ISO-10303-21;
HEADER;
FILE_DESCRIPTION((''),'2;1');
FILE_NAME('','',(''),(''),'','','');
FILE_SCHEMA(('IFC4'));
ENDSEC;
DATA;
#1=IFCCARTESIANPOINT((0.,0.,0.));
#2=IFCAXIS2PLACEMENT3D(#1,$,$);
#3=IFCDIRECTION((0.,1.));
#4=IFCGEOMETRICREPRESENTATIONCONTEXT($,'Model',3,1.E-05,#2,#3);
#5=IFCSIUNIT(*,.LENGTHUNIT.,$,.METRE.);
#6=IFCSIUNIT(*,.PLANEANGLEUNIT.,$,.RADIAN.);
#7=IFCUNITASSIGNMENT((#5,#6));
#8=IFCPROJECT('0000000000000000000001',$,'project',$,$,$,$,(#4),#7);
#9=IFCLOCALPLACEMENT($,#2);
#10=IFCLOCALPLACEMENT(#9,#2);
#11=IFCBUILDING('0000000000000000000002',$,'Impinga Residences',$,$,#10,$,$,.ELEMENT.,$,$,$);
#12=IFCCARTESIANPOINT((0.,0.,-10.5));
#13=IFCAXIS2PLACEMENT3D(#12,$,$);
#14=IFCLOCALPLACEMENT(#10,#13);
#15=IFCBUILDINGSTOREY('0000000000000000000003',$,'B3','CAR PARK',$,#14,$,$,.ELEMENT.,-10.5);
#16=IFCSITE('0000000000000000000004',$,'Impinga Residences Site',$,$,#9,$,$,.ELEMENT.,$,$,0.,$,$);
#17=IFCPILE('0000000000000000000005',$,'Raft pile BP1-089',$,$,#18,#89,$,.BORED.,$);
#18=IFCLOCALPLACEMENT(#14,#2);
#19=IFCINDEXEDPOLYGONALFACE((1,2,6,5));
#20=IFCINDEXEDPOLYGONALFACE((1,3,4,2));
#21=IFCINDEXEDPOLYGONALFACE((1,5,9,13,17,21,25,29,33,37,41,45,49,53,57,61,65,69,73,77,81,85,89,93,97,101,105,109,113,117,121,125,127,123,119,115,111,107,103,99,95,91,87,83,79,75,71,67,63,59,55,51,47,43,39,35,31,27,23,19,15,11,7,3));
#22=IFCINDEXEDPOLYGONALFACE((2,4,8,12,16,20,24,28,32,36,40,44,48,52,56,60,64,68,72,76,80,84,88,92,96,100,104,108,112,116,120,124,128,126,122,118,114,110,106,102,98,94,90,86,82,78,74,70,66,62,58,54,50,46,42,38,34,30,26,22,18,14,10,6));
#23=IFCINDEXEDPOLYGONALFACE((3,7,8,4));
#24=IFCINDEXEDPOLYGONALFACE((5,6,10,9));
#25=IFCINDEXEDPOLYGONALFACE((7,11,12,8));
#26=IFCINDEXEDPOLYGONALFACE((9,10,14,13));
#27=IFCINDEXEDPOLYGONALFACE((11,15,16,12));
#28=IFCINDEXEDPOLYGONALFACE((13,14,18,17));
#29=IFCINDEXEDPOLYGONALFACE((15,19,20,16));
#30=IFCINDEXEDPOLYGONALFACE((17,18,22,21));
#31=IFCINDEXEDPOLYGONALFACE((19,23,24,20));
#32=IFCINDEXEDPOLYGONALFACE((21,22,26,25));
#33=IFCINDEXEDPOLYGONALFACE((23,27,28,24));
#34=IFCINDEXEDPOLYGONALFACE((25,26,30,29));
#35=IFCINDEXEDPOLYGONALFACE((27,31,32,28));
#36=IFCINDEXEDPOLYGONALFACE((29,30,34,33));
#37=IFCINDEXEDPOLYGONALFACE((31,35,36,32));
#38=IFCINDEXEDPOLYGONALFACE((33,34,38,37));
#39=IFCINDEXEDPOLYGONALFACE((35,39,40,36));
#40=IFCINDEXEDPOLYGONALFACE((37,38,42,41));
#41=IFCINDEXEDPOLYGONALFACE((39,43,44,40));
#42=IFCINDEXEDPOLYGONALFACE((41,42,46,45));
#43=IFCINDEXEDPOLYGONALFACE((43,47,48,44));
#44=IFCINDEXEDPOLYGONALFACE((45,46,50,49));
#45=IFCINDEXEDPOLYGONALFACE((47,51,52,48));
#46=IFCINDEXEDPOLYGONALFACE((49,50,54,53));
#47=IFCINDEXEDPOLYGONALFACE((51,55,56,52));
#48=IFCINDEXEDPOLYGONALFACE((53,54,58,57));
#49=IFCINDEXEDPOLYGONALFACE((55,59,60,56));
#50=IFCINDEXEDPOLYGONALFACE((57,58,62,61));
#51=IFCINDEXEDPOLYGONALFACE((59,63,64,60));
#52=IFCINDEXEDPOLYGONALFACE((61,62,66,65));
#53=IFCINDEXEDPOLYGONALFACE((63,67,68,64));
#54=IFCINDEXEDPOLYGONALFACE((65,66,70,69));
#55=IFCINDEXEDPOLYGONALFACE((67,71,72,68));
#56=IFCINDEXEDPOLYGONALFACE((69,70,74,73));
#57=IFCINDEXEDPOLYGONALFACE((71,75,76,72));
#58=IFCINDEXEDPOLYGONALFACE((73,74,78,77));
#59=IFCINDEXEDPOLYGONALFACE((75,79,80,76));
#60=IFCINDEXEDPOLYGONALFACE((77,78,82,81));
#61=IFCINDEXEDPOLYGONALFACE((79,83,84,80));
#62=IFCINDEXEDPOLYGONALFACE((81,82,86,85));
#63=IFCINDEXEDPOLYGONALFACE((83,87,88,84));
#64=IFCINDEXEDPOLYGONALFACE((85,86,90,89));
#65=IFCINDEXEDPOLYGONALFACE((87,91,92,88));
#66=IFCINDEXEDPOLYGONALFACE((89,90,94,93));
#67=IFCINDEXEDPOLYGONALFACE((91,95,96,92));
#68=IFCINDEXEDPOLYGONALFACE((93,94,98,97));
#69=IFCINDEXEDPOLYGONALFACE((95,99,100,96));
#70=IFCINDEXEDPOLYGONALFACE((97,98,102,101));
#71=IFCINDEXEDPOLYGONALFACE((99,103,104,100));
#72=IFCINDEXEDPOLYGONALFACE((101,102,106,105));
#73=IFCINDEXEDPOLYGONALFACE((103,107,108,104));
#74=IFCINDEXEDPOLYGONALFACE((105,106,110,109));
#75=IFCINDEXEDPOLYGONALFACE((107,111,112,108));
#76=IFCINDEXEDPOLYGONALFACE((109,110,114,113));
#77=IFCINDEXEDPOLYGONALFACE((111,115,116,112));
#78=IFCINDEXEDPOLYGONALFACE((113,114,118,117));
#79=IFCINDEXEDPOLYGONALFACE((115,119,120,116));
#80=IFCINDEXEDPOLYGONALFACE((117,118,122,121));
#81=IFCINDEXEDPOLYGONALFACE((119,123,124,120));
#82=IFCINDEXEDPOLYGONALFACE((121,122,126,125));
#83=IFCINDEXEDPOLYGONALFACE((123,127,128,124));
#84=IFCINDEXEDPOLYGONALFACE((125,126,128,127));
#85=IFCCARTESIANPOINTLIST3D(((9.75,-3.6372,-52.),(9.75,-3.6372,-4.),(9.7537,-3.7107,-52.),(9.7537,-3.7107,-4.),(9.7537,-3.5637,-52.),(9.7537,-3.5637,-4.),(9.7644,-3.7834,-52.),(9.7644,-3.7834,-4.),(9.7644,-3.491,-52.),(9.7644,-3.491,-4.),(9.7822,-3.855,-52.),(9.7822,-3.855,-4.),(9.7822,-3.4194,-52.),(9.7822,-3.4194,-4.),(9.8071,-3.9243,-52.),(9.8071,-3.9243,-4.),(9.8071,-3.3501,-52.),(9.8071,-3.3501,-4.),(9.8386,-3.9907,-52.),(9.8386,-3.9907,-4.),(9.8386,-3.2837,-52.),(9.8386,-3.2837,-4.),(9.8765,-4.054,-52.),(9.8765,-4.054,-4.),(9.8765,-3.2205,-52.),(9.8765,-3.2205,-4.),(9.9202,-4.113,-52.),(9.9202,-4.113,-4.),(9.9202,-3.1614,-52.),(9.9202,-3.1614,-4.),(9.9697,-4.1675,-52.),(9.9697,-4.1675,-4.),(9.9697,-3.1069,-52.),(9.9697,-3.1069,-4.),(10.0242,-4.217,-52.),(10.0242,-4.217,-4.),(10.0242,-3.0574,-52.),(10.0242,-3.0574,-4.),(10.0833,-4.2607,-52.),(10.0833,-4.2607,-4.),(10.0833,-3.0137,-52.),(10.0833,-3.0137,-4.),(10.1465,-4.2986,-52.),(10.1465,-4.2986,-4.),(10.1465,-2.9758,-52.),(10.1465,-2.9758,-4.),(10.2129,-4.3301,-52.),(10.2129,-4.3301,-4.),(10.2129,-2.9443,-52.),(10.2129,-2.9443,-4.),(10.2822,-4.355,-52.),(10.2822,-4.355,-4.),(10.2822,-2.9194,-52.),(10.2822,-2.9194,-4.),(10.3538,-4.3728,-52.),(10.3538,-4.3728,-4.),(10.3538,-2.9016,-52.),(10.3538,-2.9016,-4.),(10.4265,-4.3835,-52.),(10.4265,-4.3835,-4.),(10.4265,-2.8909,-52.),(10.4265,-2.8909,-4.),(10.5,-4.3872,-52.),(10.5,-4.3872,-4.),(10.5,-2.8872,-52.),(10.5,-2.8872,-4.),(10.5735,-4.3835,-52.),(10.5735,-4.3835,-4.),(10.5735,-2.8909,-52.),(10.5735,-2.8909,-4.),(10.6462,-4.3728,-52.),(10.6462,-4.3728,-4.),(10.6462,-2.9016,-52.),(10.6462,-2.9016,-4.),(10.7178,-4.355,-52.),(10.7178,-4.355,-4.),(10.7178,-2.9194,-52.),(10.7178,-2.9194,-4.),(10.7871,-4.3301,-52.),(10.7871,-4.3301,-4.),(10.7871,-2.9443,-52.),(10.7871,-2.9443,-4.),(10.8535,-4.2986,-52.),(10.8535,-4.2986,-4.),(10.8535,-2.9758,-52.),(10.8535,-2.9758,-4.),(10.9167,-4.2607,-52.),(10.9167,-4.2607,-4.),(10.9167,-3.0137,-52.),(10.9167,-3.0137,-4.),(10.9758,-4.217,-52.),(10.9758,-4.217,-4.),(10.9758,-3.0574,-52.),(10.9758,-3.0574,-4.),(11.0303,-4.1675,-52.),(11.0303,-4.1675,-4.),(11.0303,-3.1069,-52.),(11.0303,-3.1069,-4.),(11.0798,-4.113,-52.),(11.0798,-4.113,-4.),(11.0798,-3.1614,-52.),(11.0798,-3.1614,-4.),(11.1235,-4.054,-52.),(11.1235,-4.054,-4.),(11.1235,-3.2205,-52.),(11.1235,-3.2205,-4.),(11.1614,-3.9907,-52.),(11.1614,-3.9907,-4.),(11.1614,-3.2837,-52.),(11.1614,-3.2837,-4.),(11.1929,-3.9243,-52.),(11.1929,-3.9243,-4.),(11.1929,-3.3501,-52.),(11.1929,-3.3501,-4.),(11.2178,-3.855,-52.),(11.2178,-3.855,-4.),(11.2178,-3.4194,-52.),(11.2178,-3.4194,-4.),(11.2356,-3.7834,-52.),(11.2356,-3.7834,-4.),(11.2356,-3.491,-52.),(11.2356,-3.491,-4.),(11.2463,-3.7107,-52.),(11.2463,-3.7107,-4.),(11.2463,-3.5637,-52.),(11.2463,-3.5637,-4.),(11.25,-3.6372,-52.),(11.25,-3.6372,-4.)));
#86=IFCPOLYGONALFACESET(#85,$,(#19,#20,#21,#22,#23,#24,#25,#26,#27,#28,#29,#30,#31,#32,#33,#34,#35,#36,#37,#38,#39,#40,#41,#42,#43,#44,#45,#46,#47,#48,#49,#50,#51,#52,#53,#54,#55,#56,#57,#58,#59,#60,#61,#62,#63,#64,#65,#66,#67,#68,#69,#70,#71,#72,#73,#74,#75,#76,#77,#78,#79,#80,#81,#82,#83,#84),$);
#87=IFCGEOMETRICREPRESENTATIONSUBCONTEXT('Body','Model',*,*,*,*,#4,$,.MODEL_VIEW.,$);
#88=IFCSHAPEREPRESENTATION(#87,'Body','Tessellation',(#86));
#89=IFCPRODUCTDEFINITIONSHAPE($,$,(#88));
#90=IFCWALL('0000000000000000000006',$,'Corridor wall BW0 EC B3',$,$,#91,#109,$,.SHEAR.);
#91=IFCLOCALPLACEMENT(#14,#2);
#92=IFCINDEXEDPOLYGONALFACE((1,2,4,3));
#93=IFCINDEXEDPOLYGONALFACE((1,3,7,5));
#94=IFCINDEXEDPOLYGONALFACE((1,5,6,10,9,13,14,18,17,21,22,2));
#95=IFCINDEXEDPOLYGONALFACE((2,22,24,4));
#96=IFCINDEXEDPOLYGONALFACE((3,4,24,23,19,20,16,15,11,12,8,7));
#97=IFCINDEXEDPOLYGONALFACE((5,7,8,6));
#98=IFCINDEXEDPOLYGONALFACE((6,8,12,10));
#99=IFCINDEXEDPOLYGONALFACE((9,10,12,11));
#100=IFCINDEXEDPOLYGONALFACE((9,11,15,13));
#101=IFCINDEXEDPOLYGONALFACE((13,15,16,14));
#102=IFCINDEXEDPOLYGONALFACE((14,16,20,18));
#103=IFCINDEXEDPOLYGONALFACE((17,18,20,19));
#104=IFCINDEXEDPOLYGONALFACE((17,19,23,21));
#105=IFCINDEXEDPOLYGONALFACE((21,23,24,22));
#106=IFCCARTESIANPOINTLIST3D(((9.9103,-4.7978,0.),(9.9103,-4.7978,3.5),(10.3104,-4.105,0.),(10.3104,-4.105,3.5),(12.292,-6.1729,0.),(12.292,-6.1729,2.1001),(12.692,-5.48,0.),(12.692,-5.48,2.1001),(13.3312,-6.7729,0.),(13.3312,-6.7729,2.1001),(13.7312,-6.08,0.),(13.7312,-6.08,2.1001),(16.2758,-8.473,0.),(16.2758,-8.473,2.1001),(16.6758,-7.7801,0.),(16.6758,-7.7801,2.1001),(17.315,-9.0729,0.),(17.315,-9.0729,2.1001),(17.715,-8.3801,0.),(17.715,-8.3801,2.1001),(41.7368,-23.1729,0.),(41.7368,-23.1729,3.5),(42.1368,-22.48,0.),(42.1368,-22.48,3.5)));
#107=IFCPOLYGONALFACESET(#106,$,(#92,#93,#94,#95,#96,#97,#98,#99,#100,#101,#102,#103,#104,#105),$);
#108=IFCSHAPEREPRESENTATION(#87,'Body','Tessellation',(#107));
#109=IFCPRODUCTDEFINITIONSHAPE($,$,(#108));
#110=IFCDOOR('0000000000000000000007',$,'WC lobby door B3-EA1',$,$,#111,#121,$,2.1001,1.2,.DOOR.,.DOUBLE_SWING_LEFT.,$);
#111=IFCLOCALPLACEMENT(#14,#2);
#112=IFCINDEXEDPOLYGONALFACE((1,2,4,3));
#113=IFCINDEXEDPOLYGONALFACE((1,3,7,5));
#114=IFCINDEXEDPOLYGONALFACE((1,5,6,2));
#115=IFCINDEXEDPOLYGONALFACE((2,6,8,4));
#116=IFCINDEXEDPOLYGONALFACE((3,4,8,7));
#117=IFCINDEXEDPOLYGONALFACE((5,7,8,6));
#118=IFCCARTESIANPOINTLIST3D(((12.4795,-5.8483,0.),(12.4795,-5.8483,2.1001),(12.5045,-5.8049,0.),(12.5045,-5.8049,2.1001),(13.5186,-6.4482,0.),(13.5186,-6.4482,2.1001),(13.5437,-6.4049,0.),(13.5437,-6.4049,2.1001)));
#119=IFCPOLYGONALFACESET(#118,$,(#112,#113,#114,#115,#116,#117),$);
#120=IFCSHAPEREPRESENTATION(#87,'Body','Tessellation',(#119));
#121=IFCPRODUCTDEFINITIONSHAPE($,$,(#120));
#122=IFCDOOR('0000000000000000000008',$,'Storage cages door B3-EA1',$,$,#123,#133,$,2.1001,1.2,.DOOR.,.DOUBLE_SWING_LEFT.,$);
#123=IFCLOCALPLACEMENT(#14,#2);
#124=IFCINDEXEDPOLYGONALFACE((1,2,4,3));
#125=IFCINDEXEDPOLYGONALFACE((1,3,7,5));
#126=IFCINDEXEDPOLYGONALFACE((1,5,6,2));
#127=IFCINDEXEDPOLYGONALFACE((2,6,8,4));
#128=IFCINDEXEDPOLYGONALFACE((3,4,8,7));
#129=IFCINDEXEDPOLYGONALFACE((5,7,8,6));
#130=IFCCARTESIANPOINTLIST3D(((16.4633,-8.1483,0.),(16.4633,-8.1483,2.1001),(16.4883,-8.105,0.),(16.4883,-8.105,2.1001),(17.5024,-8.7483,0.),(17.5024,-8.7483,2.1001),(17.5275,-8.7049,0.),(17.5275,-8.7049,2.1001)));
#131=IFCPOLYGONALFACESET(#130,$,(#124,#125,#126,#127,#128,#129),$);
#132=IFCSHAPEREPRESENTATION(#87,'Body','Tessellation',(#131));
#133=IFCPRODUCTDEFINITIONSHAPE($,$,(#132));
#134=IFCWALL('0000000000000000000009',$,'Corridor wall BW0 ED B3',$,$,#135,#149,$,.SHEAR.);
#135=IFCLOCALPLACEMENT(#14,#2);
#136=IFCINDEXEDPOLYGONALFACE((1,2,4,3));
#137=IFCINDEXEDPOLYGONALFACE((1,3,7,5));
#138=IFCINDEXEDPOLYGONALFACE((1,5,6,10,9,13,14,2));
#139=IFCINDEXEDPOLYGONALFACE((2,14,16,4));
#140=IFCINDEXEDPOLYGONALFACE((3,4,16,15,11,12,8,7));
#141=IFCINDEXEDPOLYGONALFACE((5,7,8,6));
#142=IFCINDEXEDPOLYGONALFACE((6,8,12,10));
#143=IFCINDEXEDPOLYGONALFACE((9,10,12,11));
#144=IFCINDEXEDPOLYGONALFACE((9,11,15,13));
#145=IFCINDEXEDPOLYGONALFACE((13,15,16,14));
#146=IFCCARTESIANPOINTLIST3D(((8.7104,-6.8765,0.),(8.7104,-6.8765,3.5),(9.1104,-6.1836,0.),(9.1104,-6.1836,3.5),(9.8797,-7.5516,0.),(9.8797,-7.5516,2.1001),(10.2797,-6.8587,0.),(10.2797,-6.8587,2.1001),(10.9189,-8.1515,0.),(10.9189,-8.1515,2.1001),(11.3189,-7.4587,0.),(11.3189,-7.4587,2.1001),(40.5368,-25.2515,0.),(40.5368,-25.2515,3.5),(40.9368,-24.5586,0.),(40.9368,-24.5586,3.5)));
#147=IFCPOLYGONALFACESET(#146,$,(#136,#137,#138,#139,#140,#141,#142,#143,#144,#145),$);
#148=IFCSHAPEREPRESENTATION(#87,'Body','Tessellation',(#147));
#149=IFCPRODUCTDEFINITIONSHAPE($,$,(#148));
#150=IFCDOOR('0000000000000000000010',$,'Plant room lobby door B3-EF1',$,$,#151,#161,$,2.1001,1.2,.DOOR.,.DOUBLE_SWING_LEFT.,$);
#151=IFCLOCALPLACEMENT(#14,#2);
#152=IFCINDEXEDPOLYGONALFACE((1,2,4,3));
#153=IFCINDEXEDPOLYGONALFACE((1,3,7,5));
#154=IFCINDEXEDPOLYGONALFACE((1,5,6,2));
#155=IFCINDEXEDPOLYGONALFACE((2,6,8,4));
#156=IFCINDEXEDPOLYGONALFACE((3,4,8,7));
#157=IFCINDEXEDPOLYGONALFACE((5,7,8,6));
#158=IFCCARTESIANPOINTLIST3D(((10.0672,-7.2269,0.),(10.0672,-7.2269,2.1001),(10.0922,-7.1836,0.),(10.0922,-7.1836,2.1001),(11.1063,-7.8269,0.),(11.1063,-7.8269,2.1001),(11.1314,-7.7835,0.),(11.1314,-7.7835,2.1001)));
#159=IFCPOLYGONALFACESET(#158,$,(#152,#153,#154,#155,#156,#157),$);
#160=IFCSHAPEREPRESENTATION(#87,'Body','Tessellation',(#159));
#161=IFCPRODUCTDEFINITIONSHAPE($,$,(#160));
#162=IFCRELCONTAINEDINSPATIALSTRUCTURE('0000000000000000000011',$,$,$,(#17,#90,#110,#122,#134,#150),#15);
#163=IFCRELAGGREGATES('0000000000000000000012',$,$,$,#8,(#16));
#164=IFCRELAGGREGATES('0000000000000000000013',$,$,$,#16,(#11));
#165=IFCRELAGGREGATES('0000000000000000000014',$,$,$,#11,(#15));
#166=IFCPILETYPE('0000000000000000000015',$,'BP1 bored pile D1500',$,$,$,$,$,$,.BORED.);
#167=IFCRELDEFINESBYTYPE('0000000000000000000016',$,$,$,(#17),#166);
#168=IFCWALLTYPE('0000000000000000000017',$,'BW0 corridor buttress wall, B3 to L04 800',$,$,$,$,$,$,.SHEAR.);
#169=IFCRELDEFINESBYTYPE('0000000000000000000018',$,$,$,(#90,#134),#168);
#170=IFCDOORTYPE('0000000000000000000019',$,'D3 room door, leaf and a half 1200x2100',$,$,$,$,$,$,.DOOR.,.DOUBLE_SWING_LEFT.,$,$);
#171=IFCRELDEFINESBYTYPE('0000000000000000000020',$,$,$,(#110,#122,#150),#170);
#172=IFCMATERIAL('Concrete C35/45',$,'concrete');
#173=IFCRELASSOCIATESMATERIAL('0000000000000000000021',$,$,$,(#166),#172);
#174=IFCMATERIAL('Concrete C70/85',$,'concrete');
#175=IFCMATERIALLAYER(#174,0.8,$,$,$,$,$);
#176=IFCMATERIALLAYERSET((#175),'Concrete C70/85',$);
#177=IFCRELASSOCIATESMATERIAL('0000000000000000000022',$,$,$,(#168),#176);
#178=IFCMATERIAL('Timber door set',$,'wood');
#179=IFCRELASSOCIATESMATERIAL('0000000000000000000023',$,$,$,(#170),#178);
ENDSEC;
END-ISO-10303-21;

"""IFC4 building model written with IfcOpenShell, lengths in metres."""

from ifc_helpers import new_model, si_unit, direction, frame, frame_2d, origin, origin_2d, place, context, subcontext, project, spatial, polyline, rectangle, circle, outline, extrude, material, layer, layer_set, material_profile, profile_set, type_object, element, fill, save


model = new_model("IFC4")

# Units and contexts
model_context = context("Model", 3, precision=1e-05, world=origin(), true_north=direction((0.0, 1.0)))
body_context = subcontext(model_context, "Body", "Model", "MODEL_VIEW")
ifc_project = project(units=[si_unit("LENGTHUNIT", "METRE"), si_unit("PLANEANGLEUNIT", "RADIAN")], contexts=[model_context])

# Site, building, storey
site_placement = place(None, origin())
site = spatial("IfcSite", under=ifc_project, at=site_placement, Name="Impinga Residences Site", CompositionType="ELEMENT", RefElevation=0.0)
building_placement = place(site_placement, origin())
building = spatial("IfcBuilding", under=site, at=building_placement, Name="Impinga Residences", CompositionType="ELEMENT")
storey_placement = place(building_placement, frame((0.0, 0.0, -10.5)))
storey = spatial("IfcBuildingStorey", under=building, at=storey_placement, Name="B3", Description="CAR PARK", CompositionType="ELEMENT", Elevation=-10.5)

# Pile
ifc_material_1 = material(Name="Concrete C35/45", Category="concrete")
ifc_material_profile = material_profile(ifc_material_1, circle(Radius=0.75, at=origin_2d()), Name="D1500")
ifc_profile_set = profile_set([ifc_material_profile], Name="Concrete C35/45")
pile_type = type_object("IfcPileType", Name="BP1 bored pile D1500", PredefinedType="BORED", material=ifc_profile_set)
pile_1_placement = place(storey_placement, frame((10.5, -3.6372, -4.0), z_axis=(0.0, 0.0, -1.0), x_axis=(1.0, 0.0, 0.0)))
element("IfcPile", 1, at=pile_1_placement, inside=storey, type_object=pile_type, Name="Raft pile BP1-089", PredefinedType="BORED", context=body_context, shape_type="SweptSolid", body=[
    extrude(outline(polyline([(0.75, 0.0), (0.7463, 0.0735), (0.7356, 0.1462), (0.7178, 0.2178), (0.6929, 0.2871), (0.6614, 0.3535), (0.6235, 0.4167), (0.5798, 0.4758), (0.5303, 0.5303), (0.4758, 0.5798), (0.4167, 0.6235), (0.3535, 0.6614), (0.2871, 0.6929), (0.2178, 0.7178), (0.1462, 0.7356), (0.0735, 0.7463), (0.0, 0.75), (-0.0735, 0.7463), (-0.1462, 0.7356), (-0.2178, 0.7178), (-0.2871, 0.6929), (-0.3535, 0.6614), (-0.4167, 0.6235), (-0.4758, 0.5798), (-0.5303, 0.5303), (-0.5798, 0.4758), (-0.6235, 0.4167), (-0.6614, 0.3535), (-0.6929, 0.2871), (-0.7178, 0.2178), (-0.7356, 0.1462), (-0.7463, 0.0735), (-0.75, 0.0), (-0.7463, -0.0735), (-0.7356, -0.1462), (-0.7178, -0.2178), (-0.6929, -0.2871), (-0.6614, -0.3535), (-0.6235, -0.4167), (-0.5798, -0.4758), (-0.5303, -0.5303), (-0.4758, -0.5798), (-0.4167, -0.6235), (-0.3535, -0.6614), (-0.2871, -0.6929), (-0.2178, -0.7178), (-0.1462, -0.7356), (-0.0735, -0.7463), (0.0, -0.75), (0.0735, -0.7463), (0.1462, -0.7356), (0.2178, -0.7178), (0.2871, -0.6929), (0.3535, -0.6614), (0.4167, -0.6235), (0.4758, -0.5798), (0.5303, -0.5303), (0.5798, -0.4758), (0.6235, -0.4167), (0.6614, -0.3535), (0.6929, -0.2871), (0.7178, -0.2178), (0.7356, -0.1462), (0.7463, -0.0735), (0.75, 0.0)])), origin(), (0.0, 0.0, 1.0), 48.0),
])

# Wall, openings, doors
ifc_material_2 = material(Name="Concrete C70/85", Category="concrete")
ifc_layer_1 = layer(ifc_material_2, 0.8)
ifc_layer_set_1 = layer_set([ifc_layer_1], Name="Concrete C70/85")
wall_type_1 = type_object("IfcWallType", Name="BW0 corridor buttress wall, B3 to L04 800", PredefinedType="SHEAR", material=ifc_layer_set_1)
wall_1_placement = place(storey_placement, frame((10.1104, -4.4514, 0.0), z_axis=(0.0, 0.0, 1.0), x_axis=(0.866025, -0.5, 0.0)))
wall_1 = element("IfcWall", 2, at=wall_1_placement, inside=storey, type_object=wall_type_1, Name="Corridor wall BW0 EC B3", PredefinedType="SHEAR", context=body_context, shape_type="SweptSolid", body=[
    extrude(rectangle(XDim=36.75, YDim=0.8, at=frame_2d((18.375, 0.0))), origin(), (0.0, 0.0, 1.0), 3.5),
])
opening_1_placement = place(wall_1_placement, frame((2.75, 0.0, 0.0)))
opening_1 = element("IfcOpeningElement", 3, at=opening_1_placement, cuts=wall_1, PredefinedType="OPENING", context=body_context, shape_type="SweptSolid", body=[
    extrude(rectangle(XDim=1.2, YDim=2.1001, at=frame_2d((0.6001, 1.05))), frame((0.0, 0.4099, 0.0), z_axis=(0.0, -1.0, 0.0), x_axis=(1.0, 0.0, 0.0)), (0.0, 0.0, 1.0), 0.8201),
])
opening_2_placement = place(wall_1_placement, frame((7.3501, 0.0, 0.0)))
opening_2 = element("IfcOpeningElement", 4, at=opening_2_placement, cuts=wall_1, PredefinedType="OPENING", context=body_context, shape_type="SweptSolid", body=[
    extrude(rectangle(XDim=1.2, YDim=2.1001, at=frame_2d((0.6001, 1.05))), frame((0.0, 0.4099, 0.0), z_axis=(0.0, -1.0, 0.0), x_axis=(1.0, 0.0, 0.0)), (0.0, 0.0, 1.0), 0.8201),
])
ifc_material_3 = material(Name="Timber door set", Category="wood")
door_type_1 = type_object("IfcDoorType", Name="D3 room door, leaf and a half 1200x2100", OperationType="DOUBLE_SWING_LEFT", PredefinedType="DOOR", material=ifc_material_3)
door_1_placement = place(opening_1_placement, origin())
door_1 = element("IfcDoor", 5, at=door_1_placement, inside=storey, type_object=door_type_1, Name="WC lobby door B3-EA1", OperationType="DOUBLE_SWING_LEFT", OverallHeight=2.1001, OverallWidth=1.2, PredefinedType="DOOR", context=body_context, shape_type="SweptSolid", body=[
    extrude(rectangle(XDim=1.2, YDim=2.1001, at=frame_2d((0.6001, 1.05))), frame((0.0, 0.0249, 0.0), z_axis=(0.0, -1.0, 0.0), x_axis=(1.0, 0.0, 0.0)), (0.0, 0.0, 1.0), 0.05),
])
fill(opening_1, door_1)
door_2_placement = place(opening_2_placement, origin())
door_2 = element("IfcDoor", 6, at=door_2_placement, inside=storey, type_object=door_type_1, Name="Storage cages door B3-EA1", OperationType="DOUBLE_SWING_LEFT", OverallHeight=2.1001, OverallWidth=1.2, PredefinedType="DOOR", context=body_context, shape_type="SweptSolid", body=[
    extrude(rectangle(XDim=1.2, YDim=2.1001, at=frame_2d((0.6001, 1.05))), frame((0.0, 0.0249, 0.0), z_axis=(0.0, -1.0, 0.0), x_axis=(1.0, 0.0, 0.0)), (0.0, 0.0, 1.0), 0.05),
])
fill(opening_2, door_2)

# Wall, opening, door
wall_2_placement = place(storey_placement, frame((8.9104, -6.53, 0.0), z_axis=(0.0, 0.0, 1.0), x_axis=(0.866025, -0.5, 0.0)))
wall_2 = element("IfcWall", 7, at=wall_2_placement, inside=storey, type_object=wall_type_1, Name="Corridor wall BW0 ED B3", PredefinedType="SHEAR", context=body_context, shape_type="SweptSolid", body=[
    extrude(rectangle(XDim=36.75, YDim=0.8, at=frame_2d((18.375, 0.0))), origin(), (0.0, 0.0, 1.0), 3.5),
])
opening_3_placement = place(wall_2_placement, frame((1.3501, 0.0, 0.0)))
opening_3 = element("IfcOpeningElement", 8, at=opening_3_placement, cuts=wall_2, PredefinedType="OPENING", context=body_context, shape_type="SweptSolid", body=[
    extrude(rectangle(XDim=1.2, YDim=2.1001, at=frame_2d((0.6001, 1.05))), frame((0.0, 0.4099, 0.0), z_axis=(0.0, -1.0, 0.0), x_axis=(1.0, 0.0, 0.0)), (0.0, 0.0, 1.0), 0.8201),
])
door_3_placement = place(opening_3_placement, origin())
door_3 = element("IfcDoor", 9, at=door_3_placement, inside=storey, type_object=door_type_1, Name="Plant room lobby door B3-EF1", OperationType="DOUBLE_SWING_LEFT", OverallHeight=2.1001, OverallWidth=1.2, PredefinedType="DOOR", context=body_context, shape_type="SweptSolid", body=[
    extrude(rectangle(XDim=1.2, YDim=2.1001, at=frame_2d((0.6001, 1.05))), frame((0.0, 0.0249, 0.0), z_axis=(0.0, -1.0, 0.0), x_axis=(1.0, 0.0, 0.0)), (0.0, 0.0, 1.0), 0.05),
])
fill(opening_3, door_3)

save(model, "model.ifc")
